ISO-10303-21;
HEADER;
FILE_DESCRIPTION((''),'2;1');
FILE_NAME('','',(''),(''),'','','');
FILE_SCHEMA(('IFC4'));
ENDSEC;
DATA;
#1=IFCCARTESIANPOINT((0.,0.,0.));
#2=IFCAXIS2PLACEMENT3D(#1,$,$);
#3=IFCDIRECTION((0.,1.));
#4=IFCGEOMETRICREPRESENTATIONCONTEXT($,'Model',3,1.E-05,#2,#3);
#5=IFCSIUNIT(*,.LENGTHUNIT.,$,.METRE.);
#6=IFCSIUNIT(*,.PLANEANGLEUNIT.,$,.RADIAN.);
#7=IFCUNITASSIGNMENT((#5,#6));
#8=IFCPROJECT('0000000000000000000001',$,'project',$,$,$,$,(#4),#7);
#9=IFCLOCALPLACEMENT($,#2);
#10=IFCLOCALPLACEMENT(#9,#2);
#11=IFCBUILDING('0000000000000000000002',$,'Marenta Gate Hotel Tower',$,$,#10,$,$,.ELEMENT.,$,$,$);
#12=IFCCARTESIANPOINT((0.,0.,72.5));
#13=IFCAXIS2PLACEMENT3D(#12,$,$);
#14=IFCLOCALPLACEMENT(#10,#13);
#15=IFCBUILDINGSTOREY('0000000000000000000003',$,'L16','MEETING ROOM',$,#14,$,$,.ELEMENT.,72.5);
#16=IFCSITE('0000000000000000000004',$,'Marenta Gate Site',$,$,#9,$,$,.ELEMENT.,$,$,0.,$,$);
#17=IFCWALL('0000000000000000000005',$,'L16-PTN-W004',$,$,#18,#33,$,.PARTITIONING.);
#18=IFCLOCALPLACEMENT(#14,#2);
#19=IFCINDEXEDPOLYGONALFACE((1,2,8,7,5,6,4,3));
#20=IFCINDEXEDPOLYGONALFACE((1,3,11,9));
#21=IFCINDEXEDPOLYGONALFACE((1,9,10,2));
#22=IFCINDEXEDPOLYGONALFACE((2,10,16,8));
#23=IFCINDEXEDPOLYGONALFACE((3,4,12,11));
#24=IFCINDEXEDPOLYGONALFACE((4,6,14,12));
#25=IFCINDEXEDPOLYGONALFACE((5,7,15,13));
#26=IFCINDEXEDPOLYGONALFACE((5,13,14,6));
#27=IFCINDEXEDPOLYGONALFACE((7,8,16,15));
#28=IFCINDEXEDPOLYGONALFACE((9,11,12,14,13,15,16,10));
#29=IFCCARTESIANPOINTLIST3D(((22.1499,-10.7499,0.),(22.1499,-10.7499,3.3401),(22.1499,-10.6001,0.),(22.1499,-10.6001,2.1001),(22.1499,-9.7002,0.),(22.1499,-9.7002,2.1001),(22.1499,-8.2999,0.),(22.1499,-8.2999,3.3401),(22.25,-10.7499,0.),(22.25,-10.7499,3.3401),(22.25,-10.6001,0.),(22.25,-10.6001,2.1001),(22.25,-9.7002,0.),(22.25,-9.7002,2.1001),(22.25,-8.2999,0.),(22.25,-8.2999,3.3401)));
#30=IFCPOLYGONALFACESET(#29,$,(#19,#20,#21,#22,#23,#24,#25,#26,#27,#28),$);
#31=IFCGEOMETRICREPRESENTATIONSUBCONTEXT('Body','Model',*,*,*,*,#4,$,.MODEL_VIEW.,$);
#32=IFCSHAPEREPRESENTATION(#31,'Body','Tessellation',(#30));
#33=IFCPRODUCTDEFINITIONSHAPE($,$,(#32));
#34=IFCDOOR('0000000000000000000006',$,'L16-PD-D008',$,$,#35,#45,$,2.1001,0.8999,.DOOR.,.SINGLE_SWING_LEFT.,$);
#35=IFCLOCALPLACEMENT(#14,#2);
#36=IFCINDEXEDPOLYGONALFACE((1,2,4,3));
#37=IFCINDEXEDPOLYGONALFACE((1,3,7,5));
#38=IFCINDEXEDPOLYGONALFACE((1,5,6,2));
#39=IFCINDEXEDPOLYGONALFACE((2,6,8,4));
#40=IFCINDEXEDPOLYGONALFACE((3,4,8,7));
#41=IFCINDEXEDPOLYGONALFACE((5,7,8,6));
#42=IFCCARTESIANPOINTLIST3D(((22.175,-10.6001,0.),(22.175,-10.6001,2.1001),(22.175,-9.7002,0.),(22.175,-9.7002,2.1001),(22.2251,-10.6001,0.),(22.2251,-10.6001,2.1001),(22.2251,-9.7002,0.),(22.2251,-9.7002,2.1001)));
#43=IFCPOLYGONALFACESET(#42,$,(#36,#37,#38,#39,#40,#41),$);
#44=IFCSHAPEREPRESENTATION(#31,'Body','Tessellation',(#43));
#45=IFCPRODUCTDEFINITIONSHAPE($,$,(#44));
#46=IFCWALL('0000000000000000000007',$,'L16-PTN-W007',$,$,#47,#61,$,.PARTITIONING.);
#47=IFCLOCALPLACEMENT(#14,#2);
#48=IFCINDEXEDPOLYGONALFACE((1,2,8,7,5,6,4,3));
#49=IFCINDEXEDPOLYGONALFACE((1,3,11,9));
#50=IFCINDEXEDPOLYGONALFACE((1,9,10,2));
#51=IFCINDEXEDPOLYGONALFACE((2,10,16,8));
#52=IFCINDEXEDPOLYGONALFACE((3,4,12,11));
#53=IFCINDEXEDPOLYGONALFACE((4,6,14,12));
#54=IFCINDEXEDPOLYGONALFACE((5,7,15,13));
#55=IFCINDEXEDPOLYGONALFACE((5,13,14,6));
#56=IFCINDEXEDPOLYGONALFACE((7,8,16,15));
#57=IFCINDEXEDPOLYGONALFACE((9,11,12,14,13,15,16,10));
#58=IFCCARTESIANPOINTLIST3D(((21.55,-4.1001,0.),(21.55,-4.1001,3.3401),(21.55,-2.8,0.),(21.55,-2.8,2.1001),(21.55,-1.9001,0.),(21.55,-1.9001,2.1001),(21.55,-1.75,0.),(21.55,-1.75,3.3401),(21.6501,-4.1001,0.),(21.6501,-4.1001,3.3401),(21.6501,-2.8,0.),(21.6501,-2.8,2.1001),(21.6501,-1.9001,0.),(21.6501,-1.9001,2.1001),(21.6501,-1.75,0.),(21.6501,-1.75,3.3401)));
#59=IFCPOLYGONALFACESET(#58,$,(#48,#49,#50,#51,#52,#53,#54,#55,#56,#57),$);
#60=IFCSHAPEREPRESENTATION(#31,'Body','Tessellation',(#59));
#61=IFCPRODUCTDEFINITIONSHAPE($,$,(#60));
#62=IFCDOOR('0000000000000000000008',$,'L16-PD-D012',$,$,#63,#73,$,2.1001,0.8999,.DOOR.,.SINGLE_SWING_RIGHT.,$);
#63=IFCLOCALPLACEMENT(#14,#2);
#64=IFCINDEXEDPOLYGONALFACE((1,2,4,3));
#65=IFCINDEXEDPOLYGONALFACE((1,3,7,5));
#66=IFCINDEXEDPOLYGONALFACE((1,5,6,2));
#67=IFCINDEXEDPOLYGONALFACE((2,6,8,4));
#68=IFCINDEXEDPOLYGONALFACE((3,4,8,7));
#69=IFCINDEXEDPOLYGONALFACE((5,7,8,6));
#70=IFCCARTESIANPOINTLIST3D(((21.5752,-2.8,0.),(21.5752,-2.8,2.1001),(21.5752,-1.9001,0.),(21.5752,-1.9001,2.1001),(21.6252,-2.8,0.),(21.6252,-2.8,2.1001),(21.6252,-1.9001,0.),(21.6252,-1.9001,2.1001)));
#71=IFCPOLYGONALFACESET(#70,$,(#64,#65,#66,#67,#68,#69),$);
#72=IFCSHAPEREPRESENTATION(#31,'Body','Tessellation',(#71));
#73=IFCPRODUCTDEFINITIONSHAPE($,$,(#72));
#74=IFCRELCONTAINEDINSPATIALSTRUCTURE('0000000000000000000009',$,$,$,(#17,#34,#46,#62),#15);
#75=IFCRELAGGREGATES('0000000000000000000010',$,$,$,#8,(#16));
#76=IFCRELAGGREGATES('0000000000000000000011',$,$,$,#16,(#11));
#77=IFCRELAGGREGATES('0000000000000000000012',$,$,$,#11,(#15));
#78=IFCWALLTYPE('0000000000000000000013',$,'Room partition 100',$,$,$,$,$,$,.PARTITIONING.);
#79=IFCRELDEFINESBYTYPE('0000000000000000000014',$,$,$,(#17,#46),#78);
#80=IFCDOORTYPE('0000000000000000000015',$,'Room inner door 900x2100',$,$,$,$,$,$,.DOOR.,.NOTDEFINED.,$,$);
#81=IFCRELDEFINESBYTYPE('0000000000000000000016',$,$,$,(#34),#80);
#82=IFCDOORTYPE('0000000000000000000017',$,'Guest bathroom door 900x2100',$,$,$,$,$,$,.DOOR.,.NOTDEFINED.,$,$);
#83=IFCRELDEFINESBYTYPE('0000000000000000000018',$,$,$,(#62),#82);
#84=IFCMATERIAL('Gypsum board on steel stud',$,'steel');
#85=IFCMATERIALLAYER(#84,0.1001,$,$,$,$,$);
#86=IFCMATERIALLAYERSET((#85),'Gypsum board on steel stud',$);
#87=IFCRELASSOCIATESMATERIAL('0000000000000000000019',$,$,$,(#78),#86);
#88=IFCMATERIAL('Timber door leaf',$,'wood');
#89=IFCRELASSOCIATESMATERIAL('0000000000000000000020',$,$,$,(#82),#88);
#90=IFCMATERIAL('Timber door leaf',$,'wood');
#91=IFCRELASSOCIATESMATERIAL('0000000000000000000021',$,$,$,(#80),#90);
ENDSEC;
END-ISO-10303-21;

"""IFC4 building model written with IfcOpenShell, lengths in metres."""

from ifc_helpers import new_model, si_unit, direction, frame, frame_2d, origin, place, context, subcontext, project, spatial, rectangle, extrude, material, layer, layer_set, type_object, element, fill, save


model = new_model("IFC4")

# Units and contexts
model_context = context("Model", 3, precision=1e-05, world=origin(), true_north=direction((0.0, 1.0)))
body_context = subcontext(model_context, "Body", "Model", "MODEL_VIEW")
ifc_project = project(units=[si_unit("LENGTHUNIT", "METRE"), si_unit("PLANEANGLEUNIT", "RADIAN")], contexts=[model_context])

# Site, building, storey
site_placement = place(None, origin())
site = spatial("IfcSite", under=ifc_project, at=site_placement, Name="Marenta Gate Site", CompositionType="ELEMENT", RefElevation=0.0)
building_placement = place(site_placement, origin())
building = spatial("IfcBuilding", under=site, at=building_placement, Name="Marenta Gate Hotel Tower", CompositionType="ELEMENT")
storey_placement = place(building_placement, frame((0.0, 0.0, 72.5)))
storey = spatial("IfcBuildingStorey", under=building, at=storey_placement, Name="L16", Description="MEETING ROOM", CompositionType="ELEMENT", Elevation=72.5)

# Walls, openings, doors
ifc_material_1 = material(Name="Gypsum board on steel stud", Category="steel")
ifc_layer_1 = layer(ifc_material_1, 0.1001)
ifc_layer_set_1 = layer_set([ifc_layer_1], Name="Gypsum board on steel stud")
wall_type = type_object("IfcWallType", Name="Room partition 100", PredefinedType="PARTITIONING", material=ifc_layer_set_1)
ifc_material_2 = material(Name="Timber door leaf", Category="wood")
door_type_1 = type_object("IfcDoorType", Name="Guest bathroom door 900x2100", OperationType="NOTDEFINED", PredefinedType="DOOR", material=ifc_material_2)
wall_1_placement = place(storey_placement, frame((22.2, -10.75, 0.0), z_axis=(0.0, 0.0, 1.0), x_axis=(0.0, 1.0, 0.0)))
wall_1 = element("IfcWall", 1, at=wall_1_placement, inside=storey, type_object=wall_type, Name="L16-PTN-W004", PredefinedType="PARTITIONING", context=body_context, shape_type="SweptSolid", body=[
    extrude(rectangle(XDim=2.45, YDim=0.1001, at=frame_2d((1.2251, 0.0))), origin(), (0.0, 0.0, 1.0), 3.3401),
])
opening_1_placement = place(wall_1_placement, frame((0.1499, 0.0, 0.0)))
opening_1 = element("IfcOpeningElement", 2, at=opening_1_placement, cuts=wall_1, PredefinedType="OPENING", context=body_context, shape_type="SweptSolid", body=[
    extrude(rectangle(XDim=0.8999, YDim=2.1001, at=frame_2d((0.45, 1.05))), frame((0.0, 0.05, 0.0), z_axis=(0.0, -1.0, 0.0), x_axis=(1.0, 0.0, 0.0)), (0.0, 0.0, 1.0), 0.1001),
])
ifc_material_3 = material(Name="Timber door leaf", Category="wood")
door_type_2 = type_object("IfcDoorType", Name="Room inner door 900x2100", OperationType="NOTDEFINED", PredefinedType="DOOR", material=ifc_material_3)
door_1_placement = place(opening_1_placement, origin())
door_1 = element("IfcDoor", 3, at=door_1_placement, inside=storey, type_object=door_type_2, Name="L16-PD-D008", OperationType="SINGLE_SWING_LEFT", OverallHeight=2.1001, OverallWidth=0.8999, PredefinedType="DOOR", context=body_context, shape_type="SweptSolid", body=[
    extrude(rectangle(XDim=0.8999, YDim=2.1001, at=frame_2d((0.45, 1.05))), frame((0.0, 0.0249, 0.0), z_axis=(0.0, -1.0, 0.0), x_axis=(1.0, 0.0, 0.0)), (0.0, 0.0, 1.0), 0.05),
])
fill(opening_1, door_1)
wall_2_placement = place(storey_placement, frame((21.6001, -4.1001, 0.0), z_axis=(0.0, 0.0, 1.0), x_axis=(0.0, 1.0, 0.0)))
wall_2 = element("IfcWall", 4, at=wall_2_placement, inside=storey, type_object=wall_type, Name="L16-PTN-W007", PredefinedType="PARTITIONING", context=body_context, shape_type="SweptSolid", body=[
    extrude(rectangle(XDim=2.3501, YDim=0.1001, at=frame_2d((1.175, 0.0))), origin(), (0.0, 0.0, 1.0), 3.3401),
])
opening_2_placement = place(wall_2_placement, frame((1.3, 0.0, 0.0)))
opening_2 = element("IfcOpeningElement", 5, at=opening_2_placement, cuts=wall_2, PredefinedType="OPENING", context=body_context, shape_type="SweptSolid", body=[
    extrude(rectangle(XDim=0.8999, YDim=2.1001, at=frame_2d((0.45, 1.05))), frame((0.0, 0.05, 0.0), z_axis=(0.0, -1.0, 0.0), x_axis=(1.0, 0.0, 0.0)), (0.0, 0.0, 1.0), 0.1001),
])
door_2_placement = place(opening_2_placement, origin())
door_2 = element("IfcDoor", 6, at=door_2_placement, inside=storey, type_object=door_type_1, Name="L16-PD-D012", OperationType="SINGLE_SWING_RIGHT", OverallHeight=2.1001, OverallWidth=0.8999, PredefinedType="DOOR", context=body_context, shape_type="SweptSolid", body=[
    extrude(rectangle(XDim=0.8999, YDim=2.1001, at=frame_2d((0.45, 1.05))), frame((0.0, 0.0249, 0.0), z_axis=(0.0, -1.0, 0.0), x_axis=(1.0, 0.0, 0.0)), (0.0, 0.0, 1.0), 0.05),
])
fill(opening_2, door_2)

save(model, "model.ifc")
